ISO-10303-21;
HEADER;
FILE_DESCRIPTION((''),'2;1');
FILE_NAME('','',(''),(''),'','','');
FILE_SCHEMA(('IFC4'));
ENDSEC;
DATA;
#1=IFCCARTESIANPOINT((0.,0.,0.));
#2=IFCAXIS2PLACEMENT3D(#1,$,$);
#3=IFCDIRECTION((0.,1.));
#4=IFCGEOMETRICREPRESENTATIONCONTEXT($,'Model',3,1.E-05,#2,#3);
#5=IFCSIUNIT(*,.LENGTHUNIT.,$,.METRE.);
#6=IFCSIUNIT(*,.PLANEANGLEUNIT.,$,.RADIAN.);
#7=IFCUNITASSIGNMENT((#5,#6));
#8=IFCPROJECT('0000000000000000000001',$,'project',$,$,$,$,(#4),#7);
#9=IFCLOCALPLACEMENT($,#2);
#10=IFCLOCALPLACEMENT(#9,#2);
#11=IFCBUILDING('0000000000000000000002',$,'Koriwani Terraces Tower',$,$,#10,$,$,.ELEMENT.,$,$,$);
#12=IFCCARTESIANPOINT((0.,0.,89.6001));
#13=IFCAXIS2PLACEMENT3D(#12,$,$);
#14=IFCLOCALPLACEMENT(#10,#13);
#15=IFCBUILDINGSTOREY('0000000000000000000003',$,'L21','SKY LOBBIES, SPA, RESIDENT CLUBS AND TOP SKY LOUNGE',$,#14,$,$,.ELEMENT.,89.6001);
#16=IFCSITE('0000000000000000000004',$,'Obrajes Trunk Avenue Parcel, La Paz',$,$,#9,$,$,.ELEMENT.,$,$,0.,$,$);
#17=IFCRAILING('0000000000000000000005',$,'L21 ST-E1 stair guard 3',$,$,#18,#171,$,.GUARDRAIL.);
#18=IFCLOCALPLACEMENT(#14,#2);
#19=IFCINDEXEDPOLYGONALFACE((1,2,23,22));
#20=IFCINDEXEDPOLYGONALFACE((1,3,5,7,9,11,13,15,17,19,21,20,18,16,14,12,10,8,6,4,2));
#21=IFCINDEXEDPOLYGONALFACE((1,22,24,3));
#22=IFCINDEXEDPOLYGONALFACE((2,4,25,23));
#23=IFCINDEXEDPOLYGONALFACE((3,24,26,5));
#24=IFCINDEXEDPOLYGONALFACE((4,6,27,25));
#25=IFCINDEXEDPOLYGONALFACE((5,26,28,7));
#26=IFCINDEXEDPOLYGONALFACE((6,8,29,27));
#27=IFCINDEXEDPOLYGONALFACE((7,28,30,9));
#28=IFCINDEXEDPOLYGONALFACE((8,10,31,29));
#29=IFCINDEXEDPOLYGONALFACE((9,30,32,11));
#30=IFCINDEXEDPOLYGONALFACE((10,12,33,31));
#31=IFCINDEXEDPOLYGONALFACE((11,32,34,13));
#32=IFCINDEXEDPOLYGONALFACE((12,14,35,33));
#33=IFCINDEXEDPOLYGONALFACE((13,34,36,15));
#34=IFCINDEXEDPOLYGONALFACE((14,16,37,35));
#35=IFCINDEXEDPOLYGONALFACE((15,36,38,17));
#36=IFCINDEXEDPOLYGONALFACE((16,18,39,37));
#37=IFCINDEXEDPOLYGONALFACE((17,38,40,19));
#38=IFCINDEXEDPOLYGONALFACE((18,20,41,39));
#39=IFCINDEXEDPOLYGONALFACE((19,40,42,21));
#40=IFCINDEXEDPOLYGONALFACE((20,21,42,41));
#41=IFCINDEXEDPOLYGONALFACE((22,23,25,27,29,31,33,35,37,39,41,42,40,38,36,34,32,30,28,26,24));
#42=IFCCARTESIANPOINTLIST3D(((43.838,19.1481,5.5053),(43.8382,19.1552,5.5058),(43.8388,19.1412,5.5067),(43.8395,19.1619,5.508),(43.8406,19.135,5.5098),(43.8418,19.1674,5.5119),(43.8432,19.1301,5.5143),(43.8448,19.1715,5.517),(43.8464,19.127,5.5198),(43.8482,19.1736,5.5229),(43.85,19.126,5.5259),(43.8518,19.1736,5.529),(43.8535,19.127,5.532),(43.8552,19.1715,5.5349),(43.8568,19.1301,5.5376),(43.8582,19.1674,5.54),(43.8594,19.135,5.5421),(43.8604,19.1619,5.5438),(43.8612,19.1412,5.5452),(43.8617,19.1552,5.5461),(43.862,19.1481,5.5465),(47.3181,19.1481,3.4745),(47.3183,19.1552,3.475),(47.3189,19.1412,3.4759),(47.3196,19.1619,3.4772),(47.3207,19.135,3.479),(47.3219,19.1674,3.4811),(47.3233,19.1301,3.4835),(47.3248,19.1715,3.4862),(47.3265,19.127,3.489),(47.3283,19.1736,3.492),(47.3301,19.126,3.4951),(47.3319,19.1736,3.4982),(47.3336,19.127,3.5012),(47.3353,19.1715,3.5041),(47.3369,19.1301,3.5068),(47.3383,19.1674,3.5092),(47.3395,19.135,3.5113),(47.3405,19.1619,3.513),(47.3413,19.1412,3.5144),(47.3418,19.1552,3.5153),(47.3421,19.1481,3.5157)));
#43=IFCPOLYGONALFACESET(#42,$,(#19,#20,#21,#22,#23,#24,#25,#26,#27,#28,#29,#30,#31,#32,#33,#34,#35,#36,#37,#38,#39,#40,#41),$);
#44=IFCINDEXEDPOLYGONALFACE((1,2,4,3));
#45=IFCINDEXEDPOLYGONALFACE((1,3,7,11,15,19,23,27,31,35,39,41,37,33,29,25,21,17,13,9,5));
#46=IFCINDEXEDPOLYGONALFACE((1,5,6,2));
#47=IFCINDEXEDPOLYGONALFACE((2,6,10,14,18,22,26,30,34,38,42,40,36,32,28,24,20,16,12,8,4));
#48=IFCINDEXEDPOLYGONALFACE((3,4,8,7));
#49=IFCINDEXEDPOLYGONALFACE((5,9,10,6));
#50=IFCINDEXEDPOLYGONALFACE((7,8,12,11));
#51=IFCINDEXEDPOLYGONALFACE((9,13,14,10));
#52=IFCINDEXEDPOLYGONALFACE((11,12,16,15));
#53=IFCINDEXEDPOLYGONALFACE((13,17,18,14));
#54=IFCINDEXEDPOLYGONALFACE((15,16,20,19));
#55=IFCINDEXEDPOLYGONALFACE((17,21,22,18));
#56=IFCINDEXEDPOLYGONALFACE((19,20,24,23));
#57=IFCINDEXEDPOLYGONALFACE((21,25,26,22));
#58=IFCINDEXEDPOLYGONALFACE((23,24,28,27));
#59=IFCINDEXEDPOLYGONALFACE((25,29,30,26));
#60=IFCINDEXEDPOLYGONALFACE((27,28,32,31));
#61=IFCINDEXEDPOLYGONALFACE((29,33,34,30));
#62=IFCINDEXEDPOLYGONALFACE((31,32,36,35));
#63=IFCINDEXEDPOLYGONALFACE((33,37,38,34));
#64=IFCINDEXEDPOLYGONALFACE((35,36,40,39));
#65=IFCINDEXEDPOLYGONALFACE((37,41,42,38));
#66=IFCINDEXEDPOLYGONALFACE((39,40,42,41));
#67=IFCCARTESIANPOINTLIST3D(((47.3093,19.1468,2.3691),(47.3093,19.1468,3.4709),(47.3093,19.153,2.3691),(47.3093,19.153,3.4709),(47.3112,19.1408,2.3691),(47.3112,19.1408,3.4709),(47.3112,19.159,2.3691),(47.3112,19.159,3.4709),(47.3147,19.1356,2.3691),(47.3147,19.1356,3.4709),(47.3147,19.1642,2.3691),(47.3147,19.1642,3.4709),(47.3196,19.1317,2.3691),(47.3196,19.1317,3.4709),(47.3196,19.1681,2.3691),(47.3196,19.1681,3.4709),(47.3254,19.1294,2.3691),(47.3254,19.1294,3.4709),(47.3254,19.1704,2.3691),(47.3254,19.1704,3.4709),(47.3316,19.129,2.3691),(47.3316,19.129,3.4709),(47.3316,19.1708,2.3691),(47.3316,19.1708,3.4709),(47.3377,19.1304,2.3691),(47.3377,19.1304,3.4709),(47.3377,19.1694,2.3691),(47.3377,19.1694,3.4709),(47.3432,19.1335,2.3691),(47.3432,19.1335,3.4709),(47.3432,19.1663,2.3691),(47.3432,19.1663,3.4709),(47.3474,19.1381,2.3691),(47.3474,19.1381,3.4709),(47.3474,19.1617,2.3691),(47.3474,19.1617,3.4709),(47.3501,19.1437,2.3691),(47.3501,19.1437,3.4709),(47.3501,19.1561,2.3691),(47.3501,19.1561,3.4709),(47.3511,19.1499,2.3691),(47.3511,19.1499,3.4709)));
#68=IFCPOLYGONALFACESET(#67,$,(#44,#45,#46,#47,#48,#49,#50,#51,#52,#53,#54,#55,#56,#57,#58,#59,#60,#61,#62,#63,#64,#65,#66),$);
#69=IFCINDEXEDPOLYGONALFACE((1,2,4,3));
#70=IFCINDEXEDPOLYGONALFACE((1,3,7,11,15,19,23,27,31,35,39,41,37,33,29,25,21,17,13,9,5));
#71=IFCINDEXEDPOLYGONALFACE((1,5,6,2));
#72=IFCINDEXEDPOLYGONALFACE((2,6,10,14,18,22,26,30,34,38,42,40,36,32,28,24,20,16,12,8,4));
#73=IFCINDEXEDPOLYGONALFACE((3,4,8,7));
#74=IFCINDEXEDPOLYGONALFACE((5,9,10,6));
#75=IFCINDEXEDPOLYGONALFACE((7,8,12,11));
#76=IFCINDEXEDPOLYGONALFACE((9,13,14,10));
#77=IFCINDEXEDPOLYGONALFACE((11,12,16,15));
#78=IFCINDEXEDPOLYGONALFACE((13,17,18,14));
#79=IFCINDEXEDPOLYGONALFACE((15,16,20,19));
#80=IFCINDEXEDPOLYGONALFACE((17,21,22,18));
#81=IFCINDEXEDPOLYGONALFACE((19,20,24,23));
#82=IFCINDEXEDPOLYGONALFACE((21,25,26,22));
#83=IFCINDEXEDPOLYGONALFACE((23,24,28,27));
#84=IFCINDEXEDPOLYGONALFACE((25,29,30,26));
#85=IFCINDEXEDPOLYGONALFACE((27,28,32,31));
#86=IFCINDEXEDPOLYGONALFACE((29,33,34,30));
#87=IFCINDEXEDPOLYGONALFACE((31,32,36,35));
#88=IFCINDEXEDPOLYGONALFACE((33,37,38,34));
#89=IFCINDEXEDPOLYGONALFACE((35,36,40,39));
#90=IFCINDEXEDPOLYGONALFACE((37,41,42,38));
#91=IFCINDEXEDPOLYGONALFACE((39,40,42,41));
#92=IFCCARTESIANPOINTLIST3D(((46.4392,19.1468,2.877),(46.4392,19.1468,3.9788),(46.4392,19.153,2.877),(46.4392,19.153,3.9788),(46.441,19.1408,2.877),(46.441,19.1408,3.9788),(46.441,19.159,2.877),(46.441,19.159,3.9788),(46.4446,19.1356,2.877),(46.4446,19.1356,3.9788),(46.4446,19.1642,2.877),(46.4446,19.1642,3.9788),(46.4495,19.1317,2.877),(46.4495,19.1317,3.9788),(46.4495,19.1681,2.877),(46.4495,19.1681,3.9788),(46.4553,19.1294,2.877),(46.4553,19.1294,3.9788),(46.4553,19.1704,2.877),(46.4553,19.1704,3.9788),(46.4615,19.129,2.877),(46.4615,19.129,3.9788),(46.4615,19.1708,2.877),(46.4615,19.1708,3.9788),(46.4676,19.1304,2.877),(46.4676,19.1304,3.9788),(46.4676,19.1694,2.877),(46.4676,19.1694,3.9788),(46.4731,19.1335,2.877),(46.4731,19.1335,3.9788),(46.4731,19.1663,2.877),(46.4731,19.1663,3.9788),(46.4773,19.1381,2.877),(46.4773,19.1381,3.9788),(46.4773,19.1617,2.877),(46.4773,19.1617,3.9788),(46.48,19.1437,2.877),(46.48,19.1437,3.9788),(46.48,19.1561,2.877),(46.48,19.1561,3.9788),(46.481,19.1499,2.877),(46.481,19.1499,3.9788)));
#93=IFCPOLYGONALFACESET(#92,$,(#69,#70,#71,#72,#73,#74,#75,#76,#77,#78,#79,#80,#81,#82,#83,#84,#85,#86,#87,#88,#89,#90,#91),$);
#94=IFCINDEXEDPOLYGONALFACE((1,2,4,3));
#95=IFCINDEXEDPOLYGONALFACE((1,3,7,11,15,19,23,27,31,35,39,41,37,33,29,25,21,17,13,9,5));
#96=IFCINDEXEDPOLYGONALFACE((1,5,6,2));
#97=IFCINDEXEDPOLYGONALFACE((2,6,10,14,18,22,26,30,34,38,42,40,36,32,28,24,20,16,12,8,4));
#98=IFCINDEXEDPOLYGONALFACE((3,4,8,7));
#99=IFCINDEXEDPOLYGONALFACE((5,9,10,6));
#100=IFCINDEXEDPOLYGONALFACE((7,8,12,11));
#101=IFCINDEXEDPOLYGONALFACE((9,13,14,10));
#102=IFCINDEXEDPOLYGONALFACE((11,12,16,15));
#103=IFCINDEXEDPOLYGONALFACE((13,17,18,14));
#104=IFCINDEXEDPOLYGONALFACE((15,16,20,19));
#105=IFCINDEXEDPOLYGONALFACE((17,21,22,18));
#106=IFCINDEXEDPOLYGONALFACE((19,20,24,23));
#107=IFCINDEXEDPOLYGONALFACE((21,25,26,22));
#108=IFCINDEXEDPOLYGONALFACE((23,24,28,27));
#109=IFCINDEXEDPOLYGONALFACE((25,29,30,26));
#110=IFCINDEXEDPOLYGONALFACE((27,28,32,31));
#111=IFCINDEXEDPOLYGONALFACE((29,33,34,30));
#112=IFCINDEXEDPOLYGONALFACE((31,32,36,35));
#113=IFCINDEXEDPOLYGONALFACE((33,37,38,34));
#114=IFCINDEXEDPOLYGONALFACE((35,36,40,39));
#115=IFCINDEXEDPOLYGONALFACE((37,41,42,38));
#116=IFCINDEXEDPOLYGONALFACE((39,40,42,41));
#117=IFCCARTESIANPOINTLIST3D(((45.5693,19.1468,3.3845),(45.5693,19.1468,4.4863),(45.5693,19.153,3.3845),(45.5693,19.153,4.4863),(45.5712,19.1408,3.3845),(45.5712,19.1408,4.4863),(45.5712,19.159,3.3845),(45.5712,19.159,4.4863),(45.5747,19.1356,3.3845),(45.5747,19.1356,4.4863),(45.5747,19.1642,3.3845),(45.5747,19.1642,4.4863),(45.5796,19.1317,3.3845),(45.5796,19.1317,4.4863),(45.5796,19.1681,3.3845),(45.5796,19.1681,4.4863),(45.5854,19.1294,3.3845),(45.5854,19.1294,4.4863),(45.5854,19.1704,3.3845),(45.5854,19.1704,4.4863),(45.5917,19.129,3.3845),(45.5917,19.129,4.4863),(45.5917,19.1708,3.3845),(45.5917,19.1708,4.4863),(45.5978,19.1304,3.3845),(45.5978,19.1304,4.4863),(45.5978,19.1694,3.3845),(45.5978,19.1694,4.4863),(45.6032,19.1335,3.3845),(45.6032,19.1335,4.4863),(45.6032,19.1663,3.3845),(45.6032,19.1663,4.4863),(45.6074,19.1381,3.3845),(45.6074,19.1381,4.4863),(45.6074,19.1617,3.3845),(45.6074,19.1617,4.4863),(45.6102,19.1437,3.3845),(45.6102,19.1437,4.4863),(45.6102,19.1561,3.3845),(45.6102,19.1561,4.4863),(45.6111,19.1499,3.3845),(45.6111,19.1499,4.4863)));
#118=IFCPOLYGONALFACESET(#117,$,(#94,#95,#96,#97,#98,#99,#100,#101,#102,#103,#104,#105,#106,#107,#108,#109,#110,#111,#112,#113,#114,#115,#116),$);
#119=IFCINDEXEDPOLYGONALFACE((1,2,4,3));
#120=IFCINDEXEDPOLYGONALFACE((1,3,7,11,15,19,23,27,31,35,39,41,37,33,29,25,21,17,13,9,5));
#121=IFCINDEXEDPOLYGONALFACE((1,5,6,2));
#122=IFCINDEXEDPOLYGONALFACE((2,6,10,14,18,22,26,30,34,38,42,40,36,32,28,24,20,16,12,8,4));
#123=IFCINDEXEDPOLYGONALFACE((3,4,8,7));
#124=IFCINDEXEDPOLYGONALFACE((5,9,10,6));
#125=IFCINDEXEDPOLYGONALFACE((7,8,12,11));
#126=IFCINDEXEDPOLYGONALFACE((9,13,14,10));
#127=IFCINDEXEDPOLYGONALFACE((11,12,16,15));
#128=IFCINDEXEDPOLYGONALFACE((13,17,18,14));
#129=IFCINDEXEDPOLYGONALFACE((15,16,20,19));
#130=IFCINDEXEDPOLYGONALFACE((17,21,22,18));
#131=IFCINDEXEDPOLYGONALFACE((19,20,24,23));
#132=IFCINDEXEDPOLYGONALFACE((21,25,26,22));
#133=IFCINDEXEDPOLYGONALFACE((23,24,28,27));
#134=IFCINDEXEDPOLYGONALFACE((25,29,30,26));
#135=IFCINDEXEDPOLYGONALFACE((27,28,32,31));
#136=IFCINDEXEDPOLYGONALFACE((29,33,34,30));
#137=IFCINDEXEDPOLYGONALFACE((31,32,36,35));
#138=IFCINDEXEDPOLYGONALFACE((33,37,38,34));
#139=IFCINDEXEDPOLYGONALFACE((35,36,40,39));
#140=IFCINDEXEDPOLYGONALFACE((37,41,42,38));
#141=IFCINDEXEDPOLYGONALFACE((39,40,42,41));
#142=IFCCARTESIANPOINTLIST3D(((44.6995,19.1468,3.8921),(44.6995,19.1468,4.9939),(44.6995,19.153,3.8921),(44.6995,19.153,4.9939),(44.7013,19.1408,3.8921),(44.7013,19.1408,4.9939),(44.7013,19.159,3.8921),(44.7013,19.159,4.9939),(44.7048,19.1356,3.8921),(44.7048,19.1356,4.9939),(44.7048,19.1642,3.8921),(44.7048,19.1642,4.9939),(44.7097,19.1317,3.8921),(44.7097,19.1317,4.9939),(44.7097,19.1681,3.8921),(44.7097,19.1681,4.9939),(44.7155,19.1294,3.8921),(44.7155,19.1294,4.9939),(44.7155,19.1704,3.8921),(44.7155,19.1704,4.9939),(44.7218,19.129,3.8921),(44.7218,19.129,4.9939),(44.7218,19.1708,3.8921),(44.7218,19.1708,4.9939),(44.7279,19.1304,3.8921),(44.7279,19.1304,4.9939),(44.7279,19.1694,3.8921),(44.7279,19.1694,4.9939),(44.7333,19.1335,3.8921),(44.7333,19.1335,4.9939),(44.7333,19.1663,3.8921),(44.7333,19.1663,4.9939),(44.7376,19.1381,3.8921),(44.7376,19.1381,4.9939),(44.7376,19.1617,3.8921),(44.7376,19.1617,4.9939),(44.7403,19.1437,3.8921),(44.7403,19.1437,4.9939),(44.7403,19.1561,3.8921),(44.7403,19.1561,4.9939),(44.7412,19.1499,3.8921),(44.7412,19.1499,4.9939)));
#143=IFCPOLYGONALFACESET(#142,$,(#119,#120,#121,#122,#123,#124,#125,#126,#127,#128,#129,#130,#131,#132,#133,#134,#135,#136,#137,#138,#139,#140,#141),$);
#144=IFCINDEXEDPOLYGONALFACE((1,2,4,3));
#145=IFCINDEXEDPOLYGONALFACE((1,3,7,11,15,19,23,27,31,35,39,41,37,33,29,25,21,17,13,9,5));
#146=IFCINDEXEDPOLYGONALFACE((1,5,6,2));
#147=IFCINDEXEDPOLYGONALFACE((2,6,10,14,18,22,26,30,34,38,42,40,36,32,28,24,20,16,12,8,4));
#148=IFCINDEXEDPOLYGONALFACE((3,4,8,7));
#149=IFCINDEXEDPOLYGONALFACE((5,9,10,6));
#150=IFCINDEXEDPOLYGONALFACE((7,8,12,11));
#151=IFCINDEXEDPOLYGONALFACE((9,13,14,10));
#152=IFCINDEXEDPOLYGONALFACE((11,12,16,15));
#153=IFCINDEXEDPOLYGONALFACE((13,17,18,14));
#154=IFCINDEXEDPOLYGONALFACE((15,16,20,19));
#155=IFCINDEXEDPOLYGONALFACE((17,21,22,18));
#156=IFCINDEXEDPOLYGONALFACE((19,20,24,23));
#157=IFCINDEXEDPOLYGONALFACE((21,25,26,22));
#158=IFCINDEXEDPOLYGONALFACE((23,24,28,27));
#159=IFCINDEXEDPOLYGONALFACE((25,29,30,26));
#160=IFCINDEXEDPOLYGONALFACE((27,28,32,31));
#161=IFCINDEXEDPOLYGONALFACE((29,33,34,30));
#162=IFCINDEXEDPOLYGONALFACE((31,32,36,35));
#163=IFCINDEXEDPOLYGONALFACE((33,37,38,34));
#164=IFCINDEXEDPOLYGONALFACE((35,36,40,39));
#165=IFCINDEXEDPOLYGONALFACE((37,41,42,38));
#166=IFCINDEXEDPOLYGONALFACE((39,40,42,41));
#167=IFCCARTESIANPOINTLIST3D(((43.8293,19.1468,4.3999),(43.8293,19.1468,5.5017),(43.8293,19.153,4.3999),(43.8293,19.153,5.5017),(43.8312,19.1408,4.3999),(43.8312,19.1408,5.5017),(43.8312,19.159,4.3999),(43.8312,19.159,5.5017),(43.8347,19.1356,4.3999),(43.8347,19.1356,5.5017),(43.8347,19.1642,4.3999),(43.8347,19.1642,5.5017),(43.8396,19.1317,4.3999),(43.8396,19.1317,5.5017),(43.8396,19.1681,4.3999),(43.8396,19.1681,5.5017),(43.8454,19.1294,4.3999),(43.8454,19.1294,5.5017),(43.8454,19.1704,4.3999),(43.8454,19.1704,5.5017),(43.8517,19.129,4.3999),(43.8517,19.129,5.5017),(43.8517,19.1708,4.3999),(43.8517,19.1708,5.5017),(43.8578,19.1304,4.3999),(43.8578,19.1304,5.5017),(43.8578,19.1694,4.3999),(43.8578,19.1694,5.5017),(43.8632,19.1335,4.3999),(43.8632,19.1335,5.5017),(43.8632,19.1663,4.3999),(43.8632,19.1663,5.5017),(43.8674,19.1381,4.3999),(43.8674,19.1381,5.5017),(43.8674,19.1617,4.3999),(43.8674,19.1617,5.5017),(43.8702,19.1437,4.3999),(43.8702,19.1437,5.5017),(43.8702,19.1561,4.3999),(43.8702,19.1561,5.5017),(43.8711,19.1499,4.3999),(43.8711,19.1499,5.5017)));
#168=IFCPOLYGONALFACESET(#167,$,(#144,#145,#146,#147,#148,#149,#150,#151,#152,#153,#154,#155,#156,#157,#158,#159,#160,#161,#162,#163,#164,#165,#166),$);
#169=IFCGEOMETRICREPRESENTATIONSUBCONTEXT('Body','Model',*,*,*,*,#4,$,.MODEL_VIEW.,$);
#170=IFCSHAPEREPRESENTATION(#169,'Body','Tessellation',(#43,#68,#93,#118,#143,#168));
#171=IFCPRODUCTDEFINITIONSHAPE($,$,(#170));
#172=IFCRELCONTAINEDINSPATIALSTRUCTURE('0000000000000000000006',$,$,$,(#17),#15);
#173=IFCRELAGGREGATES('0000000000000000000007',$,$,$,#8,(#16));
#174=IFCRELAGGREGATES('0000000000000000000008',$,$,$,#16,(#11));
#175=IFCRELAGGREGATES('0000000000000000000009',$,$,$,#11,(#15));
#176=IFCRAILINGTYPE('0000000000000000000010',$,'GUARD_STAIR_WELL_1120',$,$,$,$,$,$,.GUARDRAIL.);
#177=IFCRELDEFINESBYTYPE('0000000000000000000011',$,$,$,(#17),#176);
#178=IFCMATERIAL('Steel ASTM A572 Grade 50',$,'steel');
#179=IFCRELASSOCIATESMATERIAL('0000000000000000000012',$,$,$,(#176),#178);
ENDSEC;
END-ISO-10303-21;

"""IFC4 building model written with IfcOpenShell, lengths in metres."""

from ifc_helpers import new_model, si_unit, direction, frame, origin, origin_2d, place, context, subcontext, project, spatial, circle, extrude, material, type_object, element, save


model = new_model("IFC4")

# Units and contexts
model_context = context("Model", 3, precision=1e-05, world=origin(), true_north=direction((0.0, 1.0)))
body_context = subcontext(model_context, "Body", "Model", "MODEL_VIEW")
ifc_project = project(units=[si_unit("LENGTHUNIT", "METRE"), si_unit("PLANEANGLEUNIT", "RADIAN")], contexts=[model_context])

# Site, building, storey
site_placement = place(None, origin())
site = spatial("IfcSite", under=ifc_project, at=site_placement, Name="Obrajes Trunk Avenue Parcel, La Paz", CompositionType="ELEMENT", RefElevation=0.0)
building_placement = place(site_placement, origin())
building = spatial("IfcBuilding", under=site, at=building_placement, Name="Koriwani Terraces Tower", CompositionType="ELEMENT")
storey_placement = place(building_placement, frame((0.0, 0.0, 89.6001)))
storey = spatial("IfcBuildingStorey", under=building, at=storey_placement, Name="L21", Description="SKY LOBBIES, SPA, RESIDENT CLUBS AND TOP SKY LOUNGE", CompositionType="ELEMENT", Elevation=89.6001)

# Shared definitions
ifc_material_1 = material(Name="Steel ASTM A572 Grade 50", Category="steel")

# Railing
railing_type_1 = type_object("IfcRailingType", Name="GUARD_STAIR_WELL_1120", PredefinedType="GUARDRAIL", material=ifc_material_1)
railing_1_placement = place(storey_placement, frame((47.3301, 19.1499, 2.3691)))
element("IfcRailing", 1, at=railing_1_placement, inside=storey, type_object=railing_type_1, Name="L21 ST-E1 stair guard 3", PredefinedType="GUARDRAIL", context=body_context, shape_type="SweptSolid", body=[
    extrude(circle(Radius=0.0239, at=origin_2d()), frame((0.0, 0.0, 1.126), z_axis=(-0.863695, 0.0, 0.504014), x_axis=(0.0, -1.0, 0.0)), (0.0, 0.0, 1.0), 4.0293),
    extrude(circle(Radius=0.021, at=origin_2d()), origin(), (0.0, 0.0, 1.0), 1.1018),
    extrude(circle(Radius=0.021, at=origin_2d()), frame((-0.8701, 0.0, 0.5078)), (0.0, 0.0, 1.0), 1.1018),
    extrude(circle(Radius=0.021, at=origin_2d()), frame((-1.74, 0.0, 1.0154)), (0.0, 0.0, 1.0), 1.1018),
    extrude(circle(Radius=0.021, at=origin_2d()), frame((-2.6099, 0.0, 1.5229)), (0.0, 0.0, 1.0), 1.1018),
    extrude(circle(Radius=0.021, at=origin_2d()), frame((-3.48, 0.0, 2.0308)), (0.0, 0.0, 1.0), 1.1018),
])

save(model, "model.ifc")
